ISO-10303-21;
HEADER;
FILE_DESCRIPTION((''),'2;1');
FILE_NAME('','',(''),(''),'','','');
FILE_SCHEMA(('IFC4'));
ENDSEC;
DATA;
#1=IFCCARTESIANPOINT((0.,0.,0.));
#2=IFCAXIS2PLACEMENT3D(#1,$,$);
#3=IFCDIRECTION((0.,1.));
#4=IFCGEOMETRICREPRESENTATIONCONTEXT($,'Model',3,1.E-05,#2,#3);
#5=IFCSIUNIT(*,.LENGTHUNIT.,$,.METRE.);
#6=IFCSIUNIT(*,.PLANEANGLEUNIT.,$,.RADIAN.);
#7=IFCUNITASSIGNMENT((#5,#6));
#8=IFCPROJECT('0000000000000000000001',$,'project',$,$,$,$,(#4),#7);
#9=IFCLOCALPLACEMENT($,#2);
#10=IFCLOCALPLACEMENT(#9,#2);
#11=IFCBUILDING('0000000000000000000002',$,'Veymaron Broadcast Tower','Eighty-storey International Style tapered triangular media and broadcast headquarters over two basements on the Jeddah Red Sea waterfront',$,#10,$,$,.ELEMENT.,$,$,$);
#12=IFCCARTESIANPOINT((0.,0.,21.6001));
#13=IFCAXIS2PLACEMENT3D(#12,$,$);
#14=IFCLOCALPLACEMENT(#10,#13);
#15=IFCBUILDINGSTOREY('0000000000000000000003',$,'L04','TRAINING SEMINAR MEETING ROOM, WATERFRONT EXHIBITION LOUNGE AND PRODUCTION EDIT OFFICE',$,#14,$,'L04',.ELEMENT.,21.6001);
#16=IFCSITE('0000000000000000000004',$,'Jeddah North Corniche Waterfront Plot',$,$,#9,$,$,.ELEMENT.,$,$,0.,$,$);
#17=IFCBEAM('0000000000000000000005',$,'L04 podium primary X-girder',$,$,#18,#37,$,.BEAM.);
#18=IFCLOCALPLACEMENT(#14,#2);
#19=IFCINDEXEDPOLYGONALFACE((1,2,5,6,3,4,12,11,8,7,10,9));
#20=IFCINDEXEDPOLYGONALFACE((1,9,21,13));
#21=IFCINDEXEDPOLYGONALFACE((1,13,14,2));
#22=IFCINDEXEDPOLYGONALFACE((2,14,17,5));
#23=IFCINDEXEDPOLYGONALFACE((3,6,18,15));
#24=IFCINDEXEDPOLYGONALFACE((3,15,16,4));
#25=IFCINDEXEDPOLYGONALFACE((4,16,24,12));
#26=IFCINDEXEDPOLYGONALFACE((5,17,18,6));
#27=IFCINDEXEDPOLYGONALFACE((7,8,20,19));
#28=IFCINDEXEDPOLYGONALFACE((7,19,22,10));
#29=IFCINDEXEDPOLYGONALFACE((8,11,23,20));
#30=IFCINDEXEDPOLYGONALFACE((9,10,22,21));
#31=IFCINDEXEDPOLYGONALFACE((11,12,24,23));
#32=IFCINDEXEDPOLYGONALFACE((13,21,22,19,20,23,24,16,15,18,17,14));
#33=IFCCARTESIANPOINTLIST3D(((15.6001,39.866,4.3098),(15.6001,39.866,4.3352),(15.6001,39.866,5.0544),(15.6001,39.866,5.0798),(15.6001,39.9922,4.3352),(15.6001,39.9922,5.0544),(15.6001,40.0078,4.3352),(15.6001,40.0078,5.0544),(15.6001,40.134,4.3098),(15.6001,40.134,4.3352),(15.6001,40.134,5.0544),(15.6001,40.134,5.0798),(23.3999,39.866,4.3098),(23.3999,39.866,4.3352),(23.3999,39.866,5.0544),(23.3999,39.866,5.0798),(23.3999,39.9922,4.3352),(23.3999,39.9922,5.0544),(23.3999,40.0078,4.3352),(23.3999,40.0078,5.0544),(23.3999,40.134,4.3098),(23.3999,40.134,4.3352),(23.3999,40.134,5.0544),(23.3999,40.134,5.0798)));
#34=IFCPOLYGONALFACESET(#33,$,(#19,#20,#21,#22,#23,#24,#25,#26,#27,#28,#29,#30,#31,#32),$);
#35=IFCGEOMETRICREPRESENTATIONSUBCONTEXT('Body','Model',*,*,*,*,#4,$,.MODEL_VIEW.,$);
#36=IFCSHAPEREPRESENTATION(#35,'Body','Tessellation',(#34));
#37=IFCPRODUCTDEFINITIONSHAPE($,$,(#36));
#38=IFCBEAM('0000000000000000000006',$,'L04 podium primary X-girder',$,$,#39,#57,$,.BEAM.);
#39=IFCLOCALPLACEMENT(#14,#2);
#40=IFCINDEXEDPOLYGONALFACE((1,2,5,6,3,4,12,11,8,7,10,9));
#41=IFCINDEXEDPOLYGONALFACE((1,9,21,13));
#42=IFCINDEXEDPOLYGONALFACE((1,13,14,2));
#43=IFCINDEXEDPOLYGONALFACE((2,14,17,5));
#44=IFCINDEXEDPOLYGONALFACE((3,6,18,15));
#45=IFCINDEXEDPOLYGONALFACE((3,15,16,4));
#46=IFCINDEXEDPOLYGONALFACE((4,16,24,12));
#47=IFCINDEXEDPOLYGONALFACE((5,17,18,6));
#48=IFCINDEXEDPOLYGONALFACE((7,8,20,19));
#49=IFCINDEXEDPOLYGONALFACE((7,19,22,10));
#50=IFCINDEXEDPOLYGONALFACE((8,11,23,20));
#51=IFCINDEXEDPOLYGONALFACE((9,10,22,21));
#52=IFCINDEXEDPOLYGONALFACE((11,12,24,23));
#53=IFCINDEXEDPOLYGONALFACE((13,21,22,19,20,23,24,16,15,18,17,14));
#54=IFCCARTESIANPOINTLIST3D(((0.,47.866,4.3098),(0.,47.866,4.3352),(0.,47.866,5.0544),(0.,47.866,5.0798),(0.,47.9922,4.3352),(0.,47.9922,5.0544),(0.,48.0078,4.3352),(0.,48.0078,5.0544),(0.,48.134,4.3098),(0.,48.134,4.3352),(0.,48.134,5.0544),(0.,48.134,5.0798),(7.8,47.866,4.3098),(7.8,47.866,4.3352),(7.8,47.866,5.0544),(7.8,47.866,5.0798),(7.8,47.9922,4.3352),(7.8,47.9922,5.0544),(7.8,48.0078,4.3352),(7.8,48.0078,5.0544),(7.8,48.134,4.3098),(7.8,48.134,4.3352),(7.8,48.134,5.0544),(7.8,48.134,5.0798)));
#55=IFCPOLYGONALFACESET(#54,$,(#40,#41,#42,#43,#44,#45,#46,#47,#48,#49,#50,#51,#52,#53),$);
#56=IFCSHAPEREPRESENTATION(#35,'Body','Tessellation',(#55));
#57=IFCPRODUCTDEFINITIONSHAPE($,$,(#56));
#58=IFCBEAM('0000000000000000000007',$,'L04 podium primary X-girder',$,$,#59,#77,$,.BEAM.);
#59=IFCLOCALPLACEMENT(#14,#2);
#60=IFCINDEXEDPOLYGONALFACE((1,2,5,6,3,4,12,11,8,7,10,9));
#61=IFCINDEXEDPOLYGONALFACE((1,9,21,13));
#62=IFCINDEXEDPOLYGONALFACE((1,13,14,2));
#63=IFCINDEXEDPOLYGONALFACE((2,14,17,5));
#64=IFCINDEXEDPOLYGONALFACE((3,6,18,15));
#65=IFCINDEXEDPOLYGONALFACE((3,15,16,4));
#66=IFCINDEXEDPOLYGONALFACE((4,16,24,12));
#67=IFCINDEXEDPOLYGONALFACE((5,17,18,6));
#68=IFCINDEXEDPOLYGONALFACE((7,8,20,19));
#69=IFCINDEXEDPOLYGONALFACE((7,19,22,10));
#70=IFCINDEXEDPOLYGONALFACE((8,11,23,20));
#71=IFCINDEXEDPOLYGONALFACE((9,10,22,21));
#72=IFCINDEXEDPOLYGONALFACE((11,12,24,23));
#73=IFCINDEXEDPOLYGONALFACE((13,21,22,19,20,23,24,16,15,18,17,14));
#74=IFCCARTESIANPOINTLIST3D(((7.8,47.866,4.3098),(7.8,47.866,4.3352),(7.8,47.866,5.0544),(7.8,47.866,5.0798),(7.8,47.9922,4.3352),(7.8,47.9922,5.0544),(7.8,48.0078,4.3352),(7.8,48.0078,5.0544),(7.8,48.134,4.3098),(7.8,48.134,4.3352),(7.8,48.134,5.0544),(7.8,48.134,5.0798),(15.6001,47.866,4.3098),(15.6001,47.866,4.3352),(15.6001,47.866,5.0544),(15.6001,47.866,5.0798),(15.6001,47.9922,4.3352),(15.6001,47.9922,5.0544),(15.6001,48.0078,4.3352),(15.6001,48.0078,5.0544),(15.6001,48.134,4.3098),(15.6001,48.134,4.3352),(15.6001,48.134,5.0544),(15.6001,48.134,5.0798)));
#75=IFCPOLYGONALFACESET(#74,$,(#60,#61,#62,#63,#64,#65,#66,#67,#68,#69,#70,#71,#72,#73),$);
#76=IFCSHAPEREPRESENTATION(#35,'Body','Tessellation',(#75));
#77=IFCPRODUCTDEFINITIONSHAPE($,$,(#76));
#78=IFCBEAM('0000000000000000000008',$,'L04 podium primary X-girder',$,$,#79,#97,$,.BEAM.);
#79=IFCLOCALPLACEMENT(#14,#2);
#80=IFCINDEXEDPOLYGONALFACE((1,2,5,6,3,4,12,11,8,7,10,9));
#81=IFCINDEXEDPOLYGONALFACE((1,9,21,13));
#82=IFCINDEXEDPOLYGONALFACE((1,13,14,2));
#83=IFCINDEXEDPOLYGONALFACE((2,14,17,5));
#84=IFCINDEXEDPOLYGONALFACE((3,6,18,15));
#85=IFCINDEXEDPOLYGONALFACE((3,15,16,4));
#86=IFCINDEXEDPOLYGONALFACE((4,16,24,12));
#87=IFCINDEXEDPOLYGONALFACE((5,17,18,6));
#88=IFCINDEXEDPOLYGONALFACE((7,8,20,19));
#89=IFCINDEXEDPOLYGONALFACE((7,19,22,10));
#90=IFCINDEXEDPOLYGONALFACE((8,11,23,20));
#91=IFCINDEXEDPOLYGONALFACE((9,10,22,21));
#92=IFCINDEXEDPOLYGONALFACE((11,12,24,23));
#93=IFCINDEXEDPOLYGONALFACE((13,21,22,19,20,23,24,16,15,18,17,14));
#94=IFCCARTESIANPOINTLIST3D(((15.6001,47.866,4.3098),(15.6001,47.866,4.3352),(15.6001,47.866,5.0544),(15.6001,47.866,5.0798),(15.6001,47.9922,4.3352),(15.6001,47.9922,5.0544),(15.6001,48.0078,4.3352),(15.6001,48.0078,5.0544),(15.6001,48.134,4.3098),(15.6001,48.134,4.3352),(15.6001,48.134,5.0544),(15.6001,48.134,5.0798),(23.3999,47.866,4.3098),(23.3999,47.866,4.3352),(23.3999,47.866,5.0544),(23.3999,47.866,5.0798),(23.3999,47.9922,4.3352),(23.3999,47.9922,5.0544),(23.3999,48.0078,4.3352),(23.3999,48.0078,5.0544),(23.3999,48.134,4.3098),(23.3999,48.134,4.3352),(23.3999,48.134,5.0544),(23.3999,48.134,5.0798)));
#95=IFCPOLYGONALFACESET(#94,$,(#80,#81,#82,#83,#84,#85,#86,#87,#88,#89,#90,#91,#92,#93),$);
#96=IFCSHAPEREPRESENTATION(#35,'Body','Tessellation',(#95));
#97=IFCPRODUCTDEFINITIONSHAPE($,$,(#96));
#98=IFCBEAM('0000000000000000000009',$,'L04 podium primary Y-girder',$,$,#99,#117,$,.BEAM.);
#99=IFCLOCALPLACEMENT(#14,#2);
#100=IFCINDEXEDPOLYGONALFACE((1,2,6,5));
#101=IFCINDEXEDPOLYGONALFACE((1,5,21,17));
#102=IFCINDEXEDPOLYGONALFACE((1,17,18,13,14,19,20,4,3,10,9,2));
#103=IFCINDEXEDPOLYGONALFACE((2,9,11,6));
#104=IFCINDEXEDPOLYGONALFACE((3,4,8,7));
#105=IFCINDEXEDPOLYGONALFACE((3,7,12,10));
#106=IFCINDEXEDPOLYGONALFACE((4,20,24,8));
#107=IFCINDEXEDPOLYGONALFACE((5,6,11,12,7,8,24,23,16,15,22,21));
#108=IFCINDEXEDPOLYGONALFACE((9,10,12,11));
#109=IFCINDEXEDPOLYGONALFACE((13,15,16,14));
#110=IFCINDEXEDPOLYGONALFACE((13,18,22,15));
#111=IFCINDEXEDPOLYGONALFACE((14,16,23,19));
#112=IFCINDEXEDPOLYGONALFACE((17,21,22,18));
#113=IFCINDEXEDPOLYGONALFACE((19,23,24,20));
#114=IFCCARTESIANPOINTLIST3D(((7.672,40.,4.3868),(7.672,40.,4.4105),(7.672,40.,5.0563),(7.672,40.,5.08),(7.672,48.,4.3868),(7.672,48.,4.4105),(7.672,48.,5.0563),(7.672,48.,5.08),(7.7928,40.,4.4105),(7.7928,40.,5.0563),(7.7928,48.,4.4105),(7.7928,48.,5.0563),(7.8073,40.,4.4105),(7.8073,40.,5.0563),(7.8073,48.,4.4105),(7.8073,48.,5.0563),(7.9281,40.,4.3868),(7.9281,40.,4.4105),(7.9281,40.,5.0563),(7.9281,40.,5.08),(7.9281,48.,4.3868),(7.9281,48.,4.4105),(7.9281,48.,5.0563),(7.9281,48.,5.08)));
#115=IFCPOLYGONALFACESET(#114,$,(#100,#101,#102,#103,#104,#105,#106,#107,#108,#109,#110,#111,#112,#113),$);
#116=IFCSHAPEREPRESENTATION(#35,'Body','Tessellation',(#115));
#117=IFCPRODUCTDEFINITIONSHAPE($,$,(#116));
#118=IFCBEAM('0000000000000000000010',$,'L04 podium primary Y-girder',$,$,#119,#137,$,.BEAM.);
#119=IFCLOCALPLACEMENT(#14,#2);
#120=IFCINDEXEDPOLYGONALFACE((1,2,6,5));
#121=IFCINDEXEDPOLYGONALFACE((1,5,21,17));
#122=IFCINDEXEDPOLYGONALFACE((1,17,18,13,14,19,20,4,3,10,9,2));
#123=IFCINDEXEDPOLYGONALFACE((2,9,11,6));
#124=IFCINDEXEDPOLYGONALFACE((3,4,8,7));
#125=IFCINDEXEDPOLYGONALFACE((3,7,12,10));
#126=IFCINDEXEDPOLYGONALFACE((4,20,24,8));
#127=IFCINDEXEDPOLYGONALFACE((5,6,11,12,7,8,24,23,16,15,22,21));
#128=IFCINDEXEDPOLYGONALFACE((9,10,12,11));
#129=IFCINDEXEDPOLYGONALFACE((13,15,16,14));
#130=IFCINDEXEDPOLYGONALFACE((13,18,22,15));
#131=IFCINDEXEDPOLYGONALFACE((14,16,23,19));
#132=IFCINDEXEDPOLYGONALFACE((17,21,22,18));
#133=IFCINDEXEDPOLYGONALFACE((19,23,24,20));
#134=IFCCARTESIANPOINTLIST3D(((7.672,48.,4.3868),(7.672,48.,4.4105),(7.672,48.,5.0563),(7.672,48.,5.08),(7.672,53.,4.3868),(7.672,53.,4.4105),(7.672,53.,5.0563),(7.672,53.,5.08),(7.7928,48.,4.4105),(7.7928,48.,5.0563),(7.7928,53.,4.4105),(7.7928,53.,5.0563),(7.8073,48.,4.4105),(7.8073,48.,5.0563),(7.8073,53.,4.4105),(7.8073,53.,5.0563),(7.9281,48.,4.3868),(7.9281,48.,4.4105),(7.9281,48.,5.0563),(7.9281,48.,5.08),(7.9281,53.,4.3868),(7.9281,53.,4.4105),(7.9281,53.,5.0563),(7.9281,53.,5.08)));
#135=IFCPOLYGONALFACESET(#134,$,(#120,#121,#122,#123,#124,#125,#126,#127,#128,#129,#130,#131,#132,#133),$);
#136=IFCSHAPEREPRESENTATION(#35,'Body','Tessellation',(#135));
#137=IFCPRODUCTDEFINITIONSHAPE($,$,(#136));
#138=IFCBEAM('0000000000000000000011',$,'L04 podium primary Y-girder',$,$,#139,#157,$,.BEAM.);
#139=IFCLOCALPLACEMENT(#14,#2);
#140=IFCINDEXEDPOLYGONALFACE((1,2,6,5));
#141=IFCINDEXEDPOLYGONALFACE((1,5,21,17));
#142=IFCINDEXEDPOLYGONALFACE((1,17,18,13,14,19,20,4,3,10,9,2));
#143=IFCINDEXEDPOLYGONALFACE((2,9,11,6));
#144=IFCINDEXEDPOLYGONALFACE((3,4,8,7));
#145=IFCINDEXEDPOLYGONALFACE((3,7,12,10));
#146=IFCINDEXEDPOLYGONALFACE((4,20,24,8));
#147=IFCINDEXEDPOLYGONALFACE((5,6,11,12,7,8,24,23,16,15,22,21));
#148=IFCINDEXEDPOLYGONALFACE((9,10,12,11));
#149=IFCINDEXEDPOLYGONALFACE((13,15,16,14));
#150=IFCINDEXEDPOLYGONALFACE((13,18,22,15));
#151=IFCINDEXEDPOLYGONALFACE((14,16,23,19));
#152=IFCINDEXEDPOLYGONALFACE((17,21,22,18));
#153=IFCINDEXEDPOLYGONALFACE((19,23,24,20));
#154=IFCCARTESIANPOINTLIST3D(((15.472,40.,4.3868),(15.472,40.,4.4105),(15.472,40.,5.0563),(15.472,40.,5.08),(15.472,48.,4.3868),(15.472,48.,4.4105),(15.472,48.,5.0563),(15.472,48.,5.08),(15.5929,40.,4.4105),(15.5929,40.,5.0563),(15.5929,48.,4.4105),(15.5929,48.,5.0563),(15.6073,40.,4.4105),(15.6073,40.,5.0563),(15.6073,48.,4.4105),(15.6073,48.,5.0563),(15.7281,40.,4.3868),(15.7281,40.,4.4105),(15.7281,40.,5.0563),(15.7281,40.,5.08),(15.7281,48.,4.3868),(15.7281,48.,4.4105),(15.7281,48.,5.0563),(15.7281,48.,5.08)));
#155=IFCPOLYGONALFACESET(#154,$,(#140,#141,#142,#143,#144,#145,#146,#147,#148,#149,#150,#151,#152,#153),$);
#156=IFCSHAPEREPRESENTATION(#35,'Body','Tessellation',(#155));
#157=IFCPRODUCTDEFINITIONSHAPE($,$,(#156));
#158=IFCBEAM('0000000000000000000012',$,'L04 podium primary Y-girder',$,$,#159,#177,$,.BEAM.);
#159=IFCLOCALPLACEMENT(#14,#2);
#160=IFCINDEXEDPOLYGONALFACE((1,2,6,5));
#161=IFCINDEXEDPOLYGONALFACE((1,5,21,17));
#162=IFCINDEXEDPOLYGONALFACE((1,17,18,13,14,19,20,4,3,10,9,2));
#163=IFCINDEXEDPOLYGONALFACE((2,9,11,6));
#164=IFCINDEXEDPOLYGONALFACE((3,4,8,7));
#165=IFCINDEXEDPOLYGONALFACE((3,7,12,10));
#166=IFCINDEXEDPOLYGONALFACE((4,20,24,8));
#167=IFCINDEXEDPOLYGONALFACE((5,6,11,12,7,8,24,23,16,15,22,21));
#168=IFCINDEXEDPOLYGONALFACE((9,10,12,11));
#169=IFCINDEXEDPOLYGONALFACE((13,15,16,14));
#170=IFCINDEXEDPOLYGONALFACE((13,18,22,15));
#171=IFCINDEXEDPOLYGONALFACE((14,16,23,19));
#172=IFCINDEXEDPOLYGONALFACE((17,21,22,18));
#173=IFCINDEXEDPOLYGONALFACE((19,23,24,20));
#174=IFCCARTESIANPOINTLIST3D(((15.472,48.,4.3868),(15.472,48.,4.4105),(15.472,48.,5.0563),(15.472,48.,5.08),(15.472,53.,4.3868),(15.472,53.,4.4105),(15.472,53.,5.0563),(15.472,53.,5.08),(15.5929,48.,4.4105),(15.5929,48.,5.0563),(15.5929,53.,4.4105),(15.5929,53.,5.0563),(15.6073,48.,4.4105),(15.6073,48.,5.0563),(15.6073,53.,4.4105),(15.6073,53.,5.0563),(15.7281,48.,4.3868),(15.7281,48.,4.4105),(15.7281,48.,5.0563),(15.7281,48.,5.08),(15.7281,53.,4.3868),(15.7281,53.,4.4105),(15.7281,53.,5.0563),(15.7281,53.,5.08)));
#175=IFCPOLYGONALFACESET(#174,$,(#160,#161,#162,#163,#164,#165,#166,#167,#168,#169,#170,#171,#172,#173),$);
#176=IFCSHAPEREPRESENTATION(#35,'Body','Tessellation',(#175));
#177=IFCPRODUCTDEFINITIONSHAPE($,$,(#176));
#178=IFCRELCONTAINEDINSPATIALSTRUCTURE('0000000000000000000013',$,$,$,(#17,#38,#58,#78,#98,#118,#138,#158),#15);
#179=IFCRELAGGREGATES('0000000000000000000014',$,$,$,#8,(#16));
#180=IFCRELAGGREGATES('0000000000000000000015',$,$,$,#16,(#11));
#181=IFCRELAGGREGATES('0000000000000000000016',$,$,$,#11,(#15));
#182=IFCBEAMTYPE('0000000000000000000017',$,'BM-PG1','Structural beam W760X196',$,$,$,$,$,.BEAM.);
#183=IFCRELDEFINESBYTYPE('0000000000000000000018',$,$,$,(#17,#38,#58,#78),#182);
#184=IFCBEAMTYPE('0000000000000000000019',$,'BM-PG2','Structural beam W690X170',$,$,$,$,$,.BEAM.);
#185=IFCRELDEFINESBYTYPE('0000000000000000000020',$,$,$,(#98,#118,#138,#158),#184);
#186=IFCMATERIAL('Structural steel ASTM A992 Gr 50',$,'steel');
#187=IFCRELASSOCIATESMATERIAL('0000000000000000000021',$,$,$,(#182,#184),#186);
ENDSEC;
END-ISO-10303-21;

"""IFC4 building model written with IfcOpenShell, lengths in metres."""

from ifc_helpers import new_model, si_unit, direction, frame, origin, origin_2d, place, context, subcontext, project, spatial, i_section, extrude, material, material_profile, profile_set, type_object, element, save


model = new_model("IFC4")

# Units and contexts
model_context = context("Model", 3, precision=1e-05, world=origin(), true_north=direction((0.0, 1.0)))
body_context = subcontext(model_context, "Body", "Model", "MODEL_VIEW")
ifc_project = project(units=[si_unit("LENGTHUNIT", "METRE"), si_unit("PLANEANGLEUNIT", "RADIAN")], contexts=[model_context])

# Site, building, storey
site_placement = place(None, origin())
site = spatial("IfcSite", under=ifc_project, at=site_placement, Name="Jeddah North Corniche Waterfront Plot", CompositionType="ELEMENT", RefElevation=0.0)
building_placement = place(site_placement, origin())
building = spatial("IfcBuilding", under=site, at=building_placement, Name="Veymaron Broadcast Tower", Description="Eighty-storey International Style tapered triangular media and broadcast headquarters over two basements on the Jeddah Red Sea waterfront", CompositionType="ELEMENT")
storey_placement = place(building_placement, frame((0.0, 0.0, 21.6001)))
storey = spatial("IfcBuildingStorey", under=building, at=storey_placement, Name="L04", Description="TRAINING SEMINAR MEETING ROOM, WATERFRONT EXHIBITION LOUNGE AND PRODUCTION EDIT OFFICE", LongName="L04", CompositionType="ELEMENT", Elevation=21.6001)

# Beams
ifc_material_1 = material(Name="Structural steel ASTM A992 Gr 50", Category="steel")
ifc_material_profile_1 = material_profile(ifc_material_1, i_section(OverallWidth=0.2681, OverallDepth=0.77, WebThickness=0.0156, FlangeThickness=0.0254, at=origin_2d()), Name="W760X196")
ifc_profile_set_1 = profile_set([ifc_material_profile_1], Name="Structural steel ASTM A992 Gr 50")
beam_type_1 = type_object("IfcBeamType", Name="BM-PG1", Description="Structural beam W760X196", PredefinedType="BEAM", material=ifc_profile_set_1)
beam_1_placement = place(storey_placement, frame((15.6001, 40.0, 4.6948), z_axis=(1.0, 0.0, 0.0), x_axis=(0.0, 1.0, 0.0)))
element("IfcBeam", 1, at=beam_1_placement, inside=storey, type_object=beam_type_1, Name="L04 podium primary X-girder", PredefinedType="BEAM", context=body_context, shape_type="SweptSolid", body=[
    extrude(i_section(OverallWidth=0.2681, OverallDepth=0.77, WebThickness=0.0156, FlangeThickness=0.0254, at=origin_2d()), origin(), (0.0, 0.0, 1.0), 7.7998),
])
for number, where, z_axis, x_axis, name in (
    (2, (0.0, 48.0, 4.6948), (1.0, 0.0, 0.0), (0.0, 1.0, 0.0), "L04 podium primary X-girder"),
    (3, (7.8, 48.0, 4.6948), (1.0, 0.0, 0.0), (0.0, 1.0, 0.0), "L04 podium primary X-girder"),
):
    element("IfcBeam", number, at=place(storey_placement, frame(where, z_axis=z_axis, x_axis=x_axis)), inside=storey, type_object=beam_type_1, Name=name, PredefinedType="BEAM", context=body_context, shape_type="SweptSolid", body=[
        extrude(i_section(OverallWidth=0.2681, OverallDepth=0.77, WebThickness=0.0156, FlangeThickness=0.0254, at=origin_2d()), origin(), (0.0, 0.0, 1.0), 7.8),
    ])
beam_2_placement = place(storey_placement, frame((15.6001, 48.0, 4.6948), z_axis=(1.0, 0.0, 0.0), x_axis=(0.0, 1.0, 0.0)))
element("IfcBeam", 4, at=beam_2_placement, inside=storey, type_object=beam_type_1, Name="L04 podium primary X-girder", PredefinedType="BEAM", context=body_context, shape_type="SweptSolid", body=[
    extrude(i_section(OverallWidth=0.2681, OverallDepth=0.77, WebThickness=0.0156, FlangeThickness=0.0254, at=origin_2d()), origin(), (0.0, 0.0, 1.0), 7.7998),
])
ifc_material_profile_2 = material_profile(ifc_material_1, i_section(OverallWidth=0.2561, OverallDepth=0.6931, WebThickness=0.0144, FlangeThickness=0.0237, at=origin_2d()), Name="W690X170")
ifc_profile_set_2 = profile_set([ifc_material_profile_2], Name="Structural steel ASTM A992 Gr 50")
beam_type_2 = type_object("IfcBeamType", Name="BM-PG2", Description="Structural beam W690X170", PredefinedType="BEAM", material=ifc_profile_set_2)
beam_3_placement = place(storey_placement, frame((7.8, 40.0, 4.7334), z_axis=(0.0, 1.0, 0.0), x_axis=(-1.0, 0.0, 0.0)))
element("IfcBeam", 5, at=beam_3_placement, inside=storey, type_object=beam_type_2, Name="L04 podium primary Y-girder", PredefinedType="BEAM", context=body_context, shape_type="SweptSolid", body=[
    extrude(i_section(OverallWidth=0.2561, OverallDepth=0.6931, WebThickness=0.0144, FlangeThickness=0.0237, at=origin_2d()), origin(), (0.0, 0.0, 1.0), 8.0),
])
beam_4_placement = place(storey_placement, frame((7.8, 48.0, 4.7334), z_axis=(0.0, 1.0, 0.0), x_axis=(-1.0, 0.0, 0.0)))
element("IfcBeam", 6, at=beam_4_placement, inside=storey, type_object=beam_type_2, Name="L04 podium primary Y-girder", PredefinedType="BEAM", context=body_context, shape_type="SweptSolid", body=[
    extrude(i_section(OverallWidth=0.2561, OverallDepth=0.6931, WebThickness=0.0144, FlangeThickness=0.0237, at=origin_2d()), origin(), (0.0, 0.0, 1.0), 5.0),
])
beam_5_placement = place(storey_placement, frame((15.6001, 40.0, 4.7334), z_axis=(0.0, 1.0, 0.0), x_axis=(-1.0, 0.0, 0.0)))
element("IfcBeam", 7, at=beam_5_placement, inside=storey, type_object=beam_type_2, Name="L04 podium primary Y-girder", PredefinedType="BEAM", context=body_context, shape_type="SweptSolid", body=[
    extrude(i_section(OverallWidth=0.2561, OverallDepth=0.6931, WebThickness=0.0144, FlangeThickness=0.0237, at=origin_2d()), origin(), (0.0, 0.0, 1.0), 8.0),
])
beam_6_placement = place(storey_placement, frame((15.6001, 48.0, 4.7334), z_axis=(0.0, 1.0, 0.0), x_axis=(-1.0, 0.0, 0.0)))
element("IfcBeam", 8, at=beam_6_placement, inside=storey, type_object=beam_type_2, Name="L04 podium primary Y-girder", PredefinedType="BEAM", context=body_context, shape_type="SweptSolid", body=[
    extrude(i_section(OverallWidth=0.2561, OverallDepth=0.6931, WebThickness=0.0144, FlangeThickness=0.0237, at=origin_2d()), origin(), (0.0, 0.0, 1.0), 5.0),
])

save(model, "model.ifc")
